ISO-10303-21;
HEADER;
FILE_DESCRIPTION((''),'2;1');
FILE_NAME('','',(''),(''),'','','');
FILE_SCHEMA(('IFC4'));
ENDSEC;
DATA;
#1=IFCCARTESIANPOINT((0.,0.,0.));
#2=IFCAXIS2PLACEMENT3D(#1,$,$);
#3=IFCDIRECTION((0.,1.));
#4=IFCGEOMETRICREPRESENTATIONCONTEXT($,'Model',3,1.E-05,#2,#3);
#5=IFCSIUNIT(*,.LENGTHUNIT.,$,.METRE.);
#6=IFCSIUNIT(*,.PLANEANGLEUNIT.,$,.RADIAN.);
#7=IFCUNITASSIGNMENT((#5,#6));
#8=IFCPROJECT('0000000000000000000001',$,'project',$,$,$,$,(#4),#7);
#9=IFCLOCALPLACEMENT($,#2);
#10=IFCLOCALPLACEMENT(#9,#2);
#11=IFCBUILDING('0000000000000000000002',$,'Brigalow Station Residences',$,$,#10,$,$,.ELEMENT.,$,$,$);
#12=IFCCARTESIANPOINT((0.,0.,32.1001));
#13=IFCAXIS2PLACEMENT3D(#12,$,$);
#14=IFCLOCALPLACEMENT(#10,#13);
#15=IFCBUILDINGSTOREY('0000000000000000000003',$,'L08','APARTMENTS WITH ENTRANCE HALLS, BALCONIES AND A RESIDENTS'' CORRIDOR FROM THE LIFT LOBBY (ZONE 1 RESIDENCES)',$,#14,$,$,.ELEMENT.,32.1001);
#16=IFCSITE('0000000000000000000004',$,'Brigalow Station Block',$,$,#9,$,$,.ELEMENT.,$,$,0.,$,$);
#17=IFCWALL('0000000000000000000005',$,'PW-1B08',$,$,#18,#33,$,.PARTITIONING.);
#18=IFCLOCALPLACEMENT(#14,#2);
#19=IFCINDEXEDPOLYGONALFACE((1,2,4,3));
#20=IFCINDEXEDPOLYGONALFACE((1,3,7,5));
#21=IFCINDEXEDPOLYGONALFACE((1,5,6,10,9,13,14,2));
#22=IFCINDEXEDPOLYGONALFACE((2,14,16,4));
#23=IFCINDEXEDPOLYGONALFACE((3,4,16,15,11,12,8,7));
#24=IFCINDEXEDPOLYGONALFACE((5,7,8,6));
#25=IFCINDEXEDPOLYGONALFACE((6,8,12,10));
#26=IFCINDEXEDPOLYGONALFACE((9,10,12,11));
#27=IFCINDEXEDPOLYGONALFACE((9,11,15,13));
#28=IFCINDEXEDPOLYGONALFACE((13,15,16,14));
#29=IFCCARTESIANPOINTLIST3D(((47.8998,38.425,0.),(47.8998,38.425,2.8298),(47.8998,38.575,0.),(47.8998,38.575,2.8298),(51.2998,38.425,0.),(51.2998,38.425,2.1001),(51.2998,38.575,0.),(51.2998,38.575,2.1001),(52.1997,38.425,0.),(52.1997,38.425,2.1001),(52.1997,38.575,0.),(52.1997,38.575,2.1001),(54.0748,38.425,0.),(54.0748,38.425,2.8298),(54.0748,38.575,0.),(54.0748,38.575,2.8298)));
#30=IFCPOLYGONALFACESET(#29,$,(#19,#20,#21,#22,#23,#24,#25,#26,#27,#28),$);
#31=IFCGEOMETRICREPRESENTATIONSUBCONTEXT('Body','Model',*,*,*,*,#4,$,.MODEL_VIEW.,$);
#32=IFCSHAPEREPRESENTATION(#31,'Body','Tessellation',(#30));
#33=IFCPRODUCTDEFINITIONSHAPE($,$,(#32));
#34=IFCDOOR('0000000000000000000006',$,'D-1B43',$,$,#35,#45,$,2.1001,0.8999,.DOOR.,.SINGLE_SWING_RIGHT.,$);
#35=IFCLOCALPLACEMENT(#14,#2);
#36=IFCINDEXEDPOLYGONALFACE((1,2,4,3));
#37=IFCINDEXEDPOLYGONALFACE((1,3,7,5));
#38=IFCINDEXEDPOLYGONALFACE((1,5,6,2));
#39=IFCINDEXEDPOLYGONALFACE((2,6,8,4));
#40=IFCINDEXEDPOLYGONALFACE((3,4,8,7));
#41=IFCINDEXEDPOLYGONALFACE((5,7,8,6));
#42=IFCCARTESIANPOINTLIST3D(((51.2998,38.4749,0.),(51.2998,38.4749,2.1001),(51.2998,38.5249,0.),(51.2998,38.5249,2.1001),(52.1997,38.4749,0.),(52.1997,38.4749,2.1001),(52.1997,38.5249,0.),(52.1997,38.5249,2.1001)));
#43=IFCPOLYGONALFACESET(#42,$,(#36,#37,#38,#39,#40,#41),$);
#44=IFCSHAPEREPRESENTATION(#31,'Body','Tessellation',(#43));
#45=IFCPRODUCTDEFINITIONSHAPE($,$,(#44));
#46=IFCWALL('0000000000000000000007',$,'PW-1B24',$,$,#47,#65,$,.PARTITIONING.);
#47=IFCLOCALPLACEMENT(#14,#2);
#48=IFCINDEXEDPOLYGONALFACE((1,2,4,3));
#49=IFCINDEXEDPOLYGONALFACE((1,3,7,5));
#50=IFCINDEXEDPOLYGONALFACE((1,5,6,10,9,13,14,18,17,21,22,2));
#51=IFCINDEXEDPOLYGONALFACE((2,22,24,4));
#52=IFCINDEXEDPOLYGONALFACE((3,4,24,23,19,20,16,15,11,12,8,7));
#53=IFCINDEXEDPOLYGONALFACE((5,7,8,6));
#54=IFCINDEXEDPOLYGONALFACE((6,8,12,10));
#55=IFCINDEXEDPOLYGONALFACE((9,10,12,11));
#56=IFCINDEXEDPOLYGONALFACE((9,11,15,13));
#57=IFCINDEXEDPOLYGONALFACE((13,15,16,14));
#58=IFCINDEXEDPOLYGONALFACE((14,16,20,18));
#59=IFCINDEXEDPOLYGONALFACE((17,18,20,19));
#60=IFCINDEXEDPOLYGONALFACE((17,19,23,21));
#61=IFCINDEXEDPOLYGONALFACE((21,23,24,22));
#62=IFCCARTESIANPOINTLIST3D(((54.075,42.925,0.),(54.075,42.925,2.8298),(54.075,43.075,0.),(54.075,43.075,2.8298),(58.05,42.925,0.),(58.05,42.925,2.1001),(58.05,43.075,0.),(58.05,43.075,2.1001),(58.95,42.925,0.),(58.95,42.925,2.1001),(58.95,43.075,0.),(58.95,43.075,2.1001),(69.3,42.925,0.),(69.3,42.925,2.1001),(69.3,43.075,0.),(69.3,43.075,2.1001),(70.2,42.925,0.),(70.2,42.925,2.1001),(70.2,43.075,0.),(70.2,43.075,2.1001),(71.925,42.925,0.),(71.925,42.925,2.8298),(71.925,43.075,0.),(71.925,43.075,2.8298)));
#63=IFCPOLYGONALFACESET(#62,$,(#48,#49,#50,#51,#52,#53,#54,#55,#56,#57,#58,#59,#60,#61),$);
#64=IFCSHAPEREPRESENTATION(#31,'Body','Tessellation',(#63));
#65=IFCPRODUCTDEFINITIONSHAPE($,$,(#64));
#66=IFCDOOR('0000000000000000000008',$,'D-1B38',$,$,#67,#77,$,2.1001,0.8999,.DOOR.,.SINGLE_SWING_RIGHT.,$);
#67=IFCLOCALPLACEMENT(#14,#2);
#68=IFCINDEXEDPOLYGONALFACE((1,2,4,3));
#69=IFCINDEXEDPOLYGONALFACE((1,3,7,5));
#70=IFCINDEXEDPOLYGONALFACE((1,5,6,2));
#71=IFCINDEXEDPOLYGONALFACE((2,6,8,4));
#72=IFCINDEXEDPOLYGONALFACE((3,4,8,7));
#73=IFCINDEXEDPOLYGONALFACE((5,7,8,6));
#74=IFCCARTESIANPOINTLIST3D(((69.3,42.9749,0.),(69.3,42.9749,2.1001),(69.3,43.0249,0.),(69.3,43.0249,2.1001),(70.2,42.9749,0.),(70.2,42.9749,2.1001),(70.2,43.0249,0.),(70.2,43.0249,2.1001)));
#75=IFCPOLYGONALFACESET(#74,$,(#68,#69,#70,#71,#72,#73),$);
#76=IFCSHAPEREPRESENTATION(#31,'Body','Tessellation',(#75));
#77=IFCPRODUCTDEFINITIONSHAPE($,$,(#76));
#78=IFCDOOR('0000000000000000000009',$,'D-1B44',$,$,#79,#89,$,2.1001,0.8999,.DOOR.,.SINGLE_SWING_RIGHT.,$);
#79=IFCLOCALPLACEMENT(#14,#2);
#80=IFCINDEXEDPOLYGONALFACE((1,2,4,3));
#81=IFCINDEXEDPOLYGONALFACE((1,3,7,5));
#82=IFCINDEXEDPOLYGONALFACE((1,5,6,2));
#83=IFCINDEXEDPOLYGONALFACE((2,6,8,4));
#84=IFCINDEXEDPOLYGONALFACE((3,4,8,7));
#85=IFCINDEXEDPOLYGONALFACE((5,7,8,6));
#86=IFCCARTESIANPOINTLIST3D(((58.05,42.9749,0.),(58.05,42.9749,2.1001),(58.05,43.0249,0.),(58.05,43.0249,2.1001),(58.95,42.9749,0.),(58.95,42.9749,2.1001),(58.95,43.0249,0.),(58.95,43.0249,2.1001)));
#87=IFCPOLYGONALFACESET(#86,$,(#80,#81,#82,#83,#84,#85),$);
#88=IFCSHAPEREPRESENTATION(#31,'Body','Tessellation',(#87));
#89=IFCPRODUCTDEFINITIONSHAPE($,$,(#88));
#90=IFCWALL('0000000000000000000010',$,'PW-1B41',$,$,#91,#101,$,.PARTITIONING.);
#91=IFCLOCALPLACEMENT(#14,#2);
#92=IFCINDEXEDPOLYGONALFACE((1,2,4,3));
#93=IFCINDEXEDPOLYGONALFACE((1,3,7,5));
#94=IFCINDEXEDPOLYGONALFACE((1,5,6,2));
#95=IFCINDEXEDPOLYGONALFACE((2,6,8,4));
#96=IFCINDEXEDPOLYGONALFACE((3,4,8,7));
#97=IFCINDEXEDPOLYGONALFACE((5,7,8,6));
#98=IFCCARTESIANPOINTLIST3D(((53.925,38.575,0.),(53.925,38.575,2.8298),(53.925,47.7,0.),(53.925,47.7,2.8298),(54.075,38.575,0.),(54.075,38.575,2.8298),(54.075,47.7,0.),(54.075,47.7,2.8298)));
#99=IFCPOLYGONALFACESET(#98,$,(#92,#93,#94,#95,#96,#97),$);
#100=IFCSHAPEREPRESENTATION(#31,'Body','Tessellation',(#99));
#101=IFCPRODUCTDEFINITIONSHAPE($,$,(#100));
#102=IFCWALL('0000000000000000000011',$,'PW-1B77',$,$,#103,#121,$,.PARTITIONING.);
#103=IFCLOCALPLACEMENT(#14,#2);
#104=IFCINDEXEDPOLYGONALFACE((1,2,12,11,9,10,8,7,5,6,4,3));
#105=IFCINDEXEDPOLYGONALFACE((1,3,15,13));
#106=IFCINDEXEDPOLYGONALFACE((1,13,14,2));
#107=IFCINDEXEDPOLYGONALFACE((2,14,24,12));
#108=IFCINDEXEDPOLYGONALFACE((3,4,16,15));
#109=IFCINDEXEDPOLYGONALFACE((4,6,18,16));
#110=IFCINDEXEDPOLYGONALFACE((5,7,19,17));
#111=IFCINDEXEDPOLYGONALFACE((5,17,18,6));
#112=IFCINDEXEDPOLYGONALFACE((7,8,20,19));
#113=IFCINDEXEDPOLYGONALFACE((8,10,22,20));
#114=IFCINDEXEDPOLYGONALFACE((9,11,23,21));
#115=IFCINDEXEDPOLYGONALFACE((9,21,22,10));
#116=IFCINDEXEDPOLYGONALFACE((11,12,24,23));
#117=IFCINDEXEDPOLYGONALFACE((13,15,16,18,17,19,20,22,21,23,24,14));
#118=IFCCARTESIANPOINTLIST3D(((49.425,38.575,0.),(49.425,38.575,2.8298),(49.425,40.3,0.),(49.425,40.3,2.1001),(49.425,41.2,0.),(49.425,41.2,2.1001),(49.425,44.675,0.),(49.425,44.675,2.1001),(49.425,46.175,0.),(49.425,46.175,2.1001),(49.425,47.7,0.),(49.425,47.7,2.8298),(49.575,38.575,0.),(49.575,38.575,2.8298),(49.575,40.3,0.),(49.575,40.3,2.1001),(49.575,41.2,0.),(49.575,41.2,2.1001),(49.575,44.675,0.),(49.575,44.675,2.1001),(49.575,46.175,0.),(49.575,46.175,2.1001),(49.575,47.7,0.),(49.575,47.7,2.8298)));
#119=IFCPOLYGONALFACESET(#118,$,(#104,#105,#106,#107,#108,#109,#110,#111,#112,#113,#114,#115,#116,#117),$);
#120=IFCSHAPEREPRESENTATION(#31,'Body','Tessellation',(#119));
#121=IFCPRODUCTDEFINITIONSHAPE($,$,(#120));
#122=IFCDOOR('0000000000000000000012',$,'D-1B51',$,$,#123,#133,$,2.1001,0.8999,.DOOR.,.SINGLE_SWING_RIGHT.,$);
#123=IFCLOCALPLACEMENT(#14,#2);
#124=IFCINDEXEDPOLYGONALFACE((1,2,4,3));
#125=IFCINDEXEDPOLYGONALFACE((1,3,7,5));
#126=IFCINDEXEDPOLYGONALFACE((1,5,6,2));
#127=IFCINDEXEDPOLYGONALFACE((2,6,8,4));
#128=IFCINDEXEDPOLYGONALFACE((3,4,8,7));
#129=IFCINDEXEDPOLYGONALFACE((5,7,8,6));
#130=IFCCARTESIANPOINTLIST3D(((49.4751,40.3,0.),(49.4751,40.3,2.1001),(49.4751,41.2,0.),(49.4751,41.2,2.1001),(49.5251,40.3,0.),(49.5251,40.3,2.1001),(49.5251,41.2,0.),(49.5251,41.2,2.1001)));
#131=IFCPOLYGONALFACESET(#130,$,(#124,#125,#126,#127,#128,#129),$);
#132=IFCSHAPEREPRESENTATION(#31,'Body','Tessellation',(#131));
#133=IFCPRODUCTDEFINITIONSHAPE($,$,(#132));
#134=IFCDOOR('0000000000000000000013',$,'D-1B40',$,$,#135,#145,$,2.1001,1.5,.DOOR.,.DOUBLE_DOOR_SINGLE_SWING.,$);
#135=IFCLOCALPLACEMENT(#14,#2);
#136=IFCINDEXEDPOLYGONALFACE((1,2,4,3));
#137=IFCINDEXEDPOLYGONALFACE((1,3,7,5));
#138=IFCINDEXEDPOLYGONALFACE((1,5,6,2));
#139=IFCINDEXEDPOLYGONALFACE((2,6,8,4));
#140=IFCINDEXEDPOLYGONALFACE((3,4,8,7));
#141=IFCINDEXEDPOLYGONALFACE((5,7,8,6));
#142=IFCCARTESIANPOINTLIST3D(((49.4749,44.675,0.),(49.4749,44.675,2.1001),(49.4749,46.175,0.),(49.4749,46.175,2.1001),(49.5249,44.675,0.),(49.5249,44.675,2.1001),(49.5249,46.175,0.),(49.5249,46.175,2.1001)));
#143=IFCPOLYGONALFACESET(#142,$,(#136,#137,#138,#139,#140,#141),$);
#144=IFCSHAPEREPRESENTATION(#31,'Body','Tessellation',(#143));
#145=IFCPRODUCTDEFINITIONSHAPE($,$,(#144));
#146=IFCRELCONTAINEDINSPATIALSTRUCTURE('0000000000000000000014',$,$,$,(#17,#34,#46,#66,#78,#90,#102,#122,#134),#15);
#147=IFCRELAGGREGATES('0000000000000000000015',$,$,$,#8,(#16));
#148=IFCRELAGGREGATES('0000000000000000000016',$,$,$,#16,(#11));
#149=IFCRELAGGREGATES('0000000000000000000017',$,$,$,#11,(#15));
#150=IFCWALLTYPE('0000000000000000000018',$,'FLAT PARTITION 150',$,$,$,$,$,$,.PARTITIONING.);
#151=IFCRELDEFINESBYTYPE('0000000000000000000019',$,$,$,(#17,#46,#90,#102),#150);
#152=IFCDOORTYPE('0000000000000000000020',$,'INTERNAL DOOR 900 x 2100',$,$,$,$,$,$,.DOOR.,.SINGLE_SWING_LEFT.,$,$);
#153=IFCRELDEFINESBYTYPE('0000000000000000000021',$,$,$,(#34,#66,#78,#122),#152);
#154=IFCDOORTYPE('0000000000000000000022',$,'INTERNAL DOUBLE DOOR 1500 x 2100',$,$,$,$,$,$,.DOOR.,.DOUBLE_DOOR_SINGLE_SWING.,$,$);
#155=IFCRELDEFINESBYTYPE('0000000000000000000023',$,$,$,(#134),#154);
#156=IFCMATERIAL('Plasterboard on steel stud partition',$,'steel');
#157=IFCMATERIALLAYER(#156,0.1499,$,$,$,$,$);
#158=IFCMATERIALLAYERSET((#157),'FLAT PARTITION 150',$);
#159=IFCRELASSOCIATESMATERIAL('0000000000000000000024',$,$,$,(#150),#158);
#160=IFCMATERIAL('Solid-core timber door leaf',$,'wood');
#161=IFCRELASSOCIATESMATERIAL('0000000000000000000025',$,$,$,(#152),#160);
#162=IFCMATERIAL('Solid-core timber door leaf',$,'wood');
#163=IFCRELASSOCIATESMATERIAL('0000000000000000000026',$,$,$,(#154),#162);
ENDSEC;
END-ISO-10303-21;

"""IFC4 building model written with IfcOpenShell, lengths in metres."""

from ifc_helpers import new_model, si_unit, direction, frame, frame_2d, origin, place, context, subcontext, project, spatial, rectangle, extrude, material, layer, layer_set, type_object, element, fill, save


model = new_model("IFC4")

# Units and contexts
model_context = context("Model", 3, precision=1e-05, world=origin(), true_north=direction((0.0, 1.0)))
body_context = subcontext(model_context, "Body", "Model", "MODEL_VIEW")
ifc_project = project(units=[si_unit("LENGTHUNIT", "METRE"), si_unit("PLANEANGLEUNIT", "RADIAN")], contexts=[model_context])

# Site, building, storey
site_placement = place(None, origin())
site = spatial("IfcSite", under=ifc_project, at=site_placement, Name="Brigalow Station Block", CompositionType="ELEMENT", RefElevation=0.0)
building_placement = place(site_placement, origin())
building = spatial("IfcBuilding", under=site, at=building_placement, Name="Brigalow Station Residences", CompositionType="ELEMENT")
storey_placement = place(building_placement, frame((0.0, 0.0, 32.1001)))
storey = spatial("IfcBuildingStorey", under=building, at=storey_placement, Name="L08", Description="APARTMENTS WITH ENTRANCE HALLS, BALCONIES AND A RESIDENTS' CORRIDOR FROM THE LIFT LOBBY (ZONE 1 RESIDENCES)", CompositionType="ELEMENT", Elevation=32.1001)

# Wall, opening, door
ifc_material_1 = material(Name="Plasterboard on steel stud partition", Category="steel")
ifc_layer_1 = layer(ifc_material_1, 0.1499)
ifc_layer_set_1 = layer_set([ifc_layer_1], Name="FLAT PARTITION 150")
wall_type_1 = type_object("IfcWallType", Name="FLAT PARTITION 150", PredefinedType="PARTITIONING", material=ifc_layer_set_1)
wall_1_placement = place(storey_placement, frame((47.8999, 38.5, 0.0), z_axis=(0.0, 0.0, 1.0), x_axis=(1.0, 0.0, 0.0)))
wall_1 = element("IfcWall", 1, at=wall_1_placement, inside=storey, type_object=wall_type_1, Name="PW-1B08", PredefinedType="PARTITIONING", context=body_context, shape_type="SweptSolid", body=[
    extrude(rectangle(XDim=6.175, YDim=0.1499, at=frame_2d((3.0874, 0.0))), origin(), (0.0, 0.0, 1.0), 2.8298),
])
opening_1_placement = place(wall_1_placement, frame((3.3999, 0.0, 0.0)))
opening_1 = element("IfcOpeningElement", 2, at=opening_1_placement, cuts=wall_1, PredefinedType="OPENING", context=body_context, shape_type="SweptSolid", body=[
    extrude(rectangle(XDim=0.8999, YDim=2.1001, at=frame_2d((0.45, 1.05))), frame((0.0, 0.085, 0.0), z_axis=(0.0, -1.0, 0.0), x_axis=(1.0, 0.0, 0.0)), (0.0, 0.0, 1.0), 0.1699),
])
ifc_material_2 = material(Name="Solid-core timber door leaf", Category="wood")
door_type_1 = type_object("IfcDoorType", Name="INTERNAL DOOR 900 x 2100", OperationType="SINGLE_SWING_LEFT", PredefinedType="DOOR", material=ifc_material_2)
door_1_placement = place(opening_1_placement, origin())
door_1 = element("IfcDoor", 3, at=door_1_placement, inside=storey, type_object=door_type_1, Name="D-1B43", OperationType="SINGLE_SWING_RIGHT", OverallHeight=2.1001, OverallWidth=0.8999, PredefinedType="DOOR", context=body_context, shape_type="SweptSolid", body=[
    extrude(rectangle(XDim=0.8999, YDim=2.1001, at=frame_2d((0.45, 1.05))), frame((0.0, 0.0249, 0.0), z_axis=(0.0, -1.0, 0.0), x_axis=(1.0, 0.0, 0.0)), (0.0, 0.0, 1.0), 0.05),
])
fill(opening_1, door_1)

# Wall, openings, doors
wall_2_placement = place(storey_placement, frame((54.075, 43.0, 0.0), z_axis=(0.0, 0.0, 1.0), x_axis=(1.0, 0.0, 0.0)))
wall_2 = element("IfcWall", 4, at=wall_2_placement, inside=storey, type_object=wall_type_1, Name="PW-1B24", PredefinedType="PARTITIONING", context=body_context, shape_type="SweptSolid", body=[
    extrude(rectangle(XDim=17.8501, YDim=0.1499, at=frame_2d((8.925, 0.0))), origin(), (0.0, 0.0, 1.0), 2.8298),
])
opening_2_placement = place(wall_2_placement, frame((15.2251, 0.0, 0.0)))
opening_2 = element("IfcOpeningElement", 5, at=opening_2_placement, cuts=wall_2, PredefinedType="OPENING", context=body_context, shape_type="SweptSolid", body=[
    extrude(rectangle(XDim=0.8999, YDim=2.1001, at=frame_2d((0.45, 1.05))), frame((0.0, 0.085, 0.0), z_axis=(0.0, -1.0, 0.0), x_axis=(1.0, 0.0, 0.0)), (0.0, 0.0, 1.0), 0.1699),
])
opening_3_placement = place(wall_2_placement, frame((3.9751, 0.0, 0.0)))
opening_3 = element("IfcOpeningElement", 6, at=opening_3_placement, cuts=wall_2, PredefinedType="OPENING", context=body_context, shape_type="SweptSolid", body=[
    extrude(rectangle(XDim=0.8999, YDim=2.1001, at=frame_2d((0.45, 1.05))), frame((0.0, 0.085, 0.0), z_axis=(0.0, -1.0, 0.0), x_axis=(1.0, 0.0, 0.0)), (0.0, 0.0, 1.0), 0.1699),
])
door_2_placement = place(opening_2_placement, origin())
door_2 = element("IfcDoor", 7, at=door_2_placement, inside=storey, type_object=door_type_1, Name="D-1B38", OperationType="SINGLE_SWING_RIGHT", OverallHeight=2.1001, OverallWidth=0.8999, PredefinedType="DOOR", context=body_context, shape_type="SweptSolid", body=[
    extrude(rectangle(XDim=0.8999, YDim=2.1001, at=frame_2d((0.45, 1.05))), frame((0.0, 0.0249, 0.0), z_axis=(0.0, -1.0, 0.0), x_axis=(1.0, 0.0, 0.0)), (0.0, 0.0, 1.0), 0.05),
])
fill(opening_2, door_2)
door_3_placement = place(opening_3_placement, origin())
door_3 = element("IfcDoor", 8, at=door_3_placement, inside=storey, type_object=door_type_1, Name="D-1B44", OperationType="SINGLE_SWING_RIGHT", OverallHeight=2.1001, OverallWidth=0.8999, PredefinedType="DOOR", context=body_context, shape_type="SweptSolid", body=[
    extrude(rectangle(XDim=0.8999, YDim=2.1001, at=frame_2d((0.45, 1.05))), frame((0.0, 0.0249, 0.0), z_axis=(0.0, -1.0, 0.0), x_axis=(1.0, 0.0, 0.0)), (0.0, 0.0, 1.0), 0.05),
])
fill(opening_3, door_3)

# Wall
wall_3_placement = place(storey_placement, frame((54.0, 38.575, 0.0), z_axis=(0.0, 0.0, 1.0), x_axis=(0.0, 1.0, 0.0)))
element("IfcWall", 9, at=wall_3_placement, inside=storey, type_object=wall_type_1, Name="PW-1B41", PredefinedType="PARTITIONING", context=body_context, shape_type="SweptSolid", body=[
    extrude(rectangle(XDim=9.125, YDim=0.1499, at=frame_2d((4.5625, 0.0))), origin(), (0.0, 0.0, 1.0), 2.8298),
])

# Wall, openings, doors
wall_4_placement = place(storey_placement, frame((49.5, 38.575, 0.0), z_axis=(0.0, 0.0, 1.0), x_axis=(0.0, 1.0, 0.0)))
wall_4 = element("IfcWall", 10, at=wall_4_placement, inside=storey, type_object=wall_type_1, Name="PW-1B77", PredefinedType="PARTITIONING", context=body_context, shape_type="SweptSolid", body=[
    extrude(rectangle(XDim=9.125, YDim=0.1499, at=frame_2d((4.5625, 0.0))), origin(), (0.0, 0.0, 1.0), 2.8298),
])
opening_4_placement = place(wall_4_placement, frame((6.1001, 0.0, 0.0)))
opening_4 = element("IfcOpeningElement", 11, at=opening_4_placement, cuts=wall_4, PredefinedType="OPENING", context=body_context, shape_type="SweptSolid", body=[
    extrude(rectangle(XDim=1.5, YDim=2.1001, at=frame_2d((0.75, 1.05))), frame((0.0, 0.085, 0.0), z_axis=(0.0, -1.0, 0.0), x_axis=(1.0, 0.0, 0.0)), (0.0, 0.0, 1.0), 0.1699),
])
opening_5_placement = place(wall_4_placement, frame((1.7251, 0.0, 0.0)))
opening_5 = element("IfcOpeningElement", 12, at=opening_5_placement, cuts=wall_4, PredefinedType="OPENING", context=body_context, shape_type="SweptSolid", body=[
    extrude(rectangle(XDim=0.8999, YDim=2.1001, at=frame_2d((0.45, 1.05))), frame((0.0, 0.085, 0.0), z_axis=(0.0, -1.0, 0.0), x_axis=(1.0, 0.0, 0.0)), (0.0, 0.0, 1.0), 0.1699),
])
door_4_placement = place(opening_5_placement, origin())
door_4 = element("IfcDoor", 13, at=door_4_placement, inside=storey, type_object=door_type_1, Name="D-1B51", OperationType="SINGLE_SWING_RIGHT", OverallHeight=2.1001, OverallWidth=0.8999, PredefinedType="DOOR", context=body_context, shape_type="SweptSolid", body=[
    extrude(rectangle(XDim=0.8999, YDim=2.1001, at=frame_2d((0.45, 1.05))), frame((0.0, 0.0249, 0.0), z_axis=(0.0, -1.0, 0.0), x_axis=(1.0, 0.0, 0.0)), (0.0, 0.0, 1.0), 0.05),
])
fill(opening_5, door_4)
ifc_material_3 = material(Name="Solid-core timber door leaf", Category="wood")
door_type_2 = type_object("IfcDoorType", Name="INTERNAL DOUBLE DOOR 1500 x 2100", OperationType="DOUBLE_DOOR_SINGLE_SWING", PredefinedType="DOOR", material=ifc_material_3)
door_5_placement = place(opening_4_placement, frame((1.5, 0.0, 0.0), z_axis=(0.0, 0.0, 1.0), x_axis=(-1.0, 0.0, 0.0)))
door_5 = element("IfcDoor", 14, at=door_5_placement, inside=storey, type_object=door_type_2, Name="D-1B40", OperationType="DOUBLE_DOOR_SINGLE_SWING", OverallHeight=2.1001, OverallWidth=1.5, PredefinedType="DOOR", context=body_context, shape_type="SweptSolid", body=[
    extrude(rectangle(XDim=1.5, YDim=2.1001, at=frame_2d((0.75, 1.05))), frame((0.0, 0.0249, 0.0), z_axis=(0.0, -1.0, 0.0), x_axis=(1.0, 0.0, 0.0)), (0.0, 0.0, 1.0), 0.05),
])
fill(opening_4, door_5)

save(model, "model.ifc")
